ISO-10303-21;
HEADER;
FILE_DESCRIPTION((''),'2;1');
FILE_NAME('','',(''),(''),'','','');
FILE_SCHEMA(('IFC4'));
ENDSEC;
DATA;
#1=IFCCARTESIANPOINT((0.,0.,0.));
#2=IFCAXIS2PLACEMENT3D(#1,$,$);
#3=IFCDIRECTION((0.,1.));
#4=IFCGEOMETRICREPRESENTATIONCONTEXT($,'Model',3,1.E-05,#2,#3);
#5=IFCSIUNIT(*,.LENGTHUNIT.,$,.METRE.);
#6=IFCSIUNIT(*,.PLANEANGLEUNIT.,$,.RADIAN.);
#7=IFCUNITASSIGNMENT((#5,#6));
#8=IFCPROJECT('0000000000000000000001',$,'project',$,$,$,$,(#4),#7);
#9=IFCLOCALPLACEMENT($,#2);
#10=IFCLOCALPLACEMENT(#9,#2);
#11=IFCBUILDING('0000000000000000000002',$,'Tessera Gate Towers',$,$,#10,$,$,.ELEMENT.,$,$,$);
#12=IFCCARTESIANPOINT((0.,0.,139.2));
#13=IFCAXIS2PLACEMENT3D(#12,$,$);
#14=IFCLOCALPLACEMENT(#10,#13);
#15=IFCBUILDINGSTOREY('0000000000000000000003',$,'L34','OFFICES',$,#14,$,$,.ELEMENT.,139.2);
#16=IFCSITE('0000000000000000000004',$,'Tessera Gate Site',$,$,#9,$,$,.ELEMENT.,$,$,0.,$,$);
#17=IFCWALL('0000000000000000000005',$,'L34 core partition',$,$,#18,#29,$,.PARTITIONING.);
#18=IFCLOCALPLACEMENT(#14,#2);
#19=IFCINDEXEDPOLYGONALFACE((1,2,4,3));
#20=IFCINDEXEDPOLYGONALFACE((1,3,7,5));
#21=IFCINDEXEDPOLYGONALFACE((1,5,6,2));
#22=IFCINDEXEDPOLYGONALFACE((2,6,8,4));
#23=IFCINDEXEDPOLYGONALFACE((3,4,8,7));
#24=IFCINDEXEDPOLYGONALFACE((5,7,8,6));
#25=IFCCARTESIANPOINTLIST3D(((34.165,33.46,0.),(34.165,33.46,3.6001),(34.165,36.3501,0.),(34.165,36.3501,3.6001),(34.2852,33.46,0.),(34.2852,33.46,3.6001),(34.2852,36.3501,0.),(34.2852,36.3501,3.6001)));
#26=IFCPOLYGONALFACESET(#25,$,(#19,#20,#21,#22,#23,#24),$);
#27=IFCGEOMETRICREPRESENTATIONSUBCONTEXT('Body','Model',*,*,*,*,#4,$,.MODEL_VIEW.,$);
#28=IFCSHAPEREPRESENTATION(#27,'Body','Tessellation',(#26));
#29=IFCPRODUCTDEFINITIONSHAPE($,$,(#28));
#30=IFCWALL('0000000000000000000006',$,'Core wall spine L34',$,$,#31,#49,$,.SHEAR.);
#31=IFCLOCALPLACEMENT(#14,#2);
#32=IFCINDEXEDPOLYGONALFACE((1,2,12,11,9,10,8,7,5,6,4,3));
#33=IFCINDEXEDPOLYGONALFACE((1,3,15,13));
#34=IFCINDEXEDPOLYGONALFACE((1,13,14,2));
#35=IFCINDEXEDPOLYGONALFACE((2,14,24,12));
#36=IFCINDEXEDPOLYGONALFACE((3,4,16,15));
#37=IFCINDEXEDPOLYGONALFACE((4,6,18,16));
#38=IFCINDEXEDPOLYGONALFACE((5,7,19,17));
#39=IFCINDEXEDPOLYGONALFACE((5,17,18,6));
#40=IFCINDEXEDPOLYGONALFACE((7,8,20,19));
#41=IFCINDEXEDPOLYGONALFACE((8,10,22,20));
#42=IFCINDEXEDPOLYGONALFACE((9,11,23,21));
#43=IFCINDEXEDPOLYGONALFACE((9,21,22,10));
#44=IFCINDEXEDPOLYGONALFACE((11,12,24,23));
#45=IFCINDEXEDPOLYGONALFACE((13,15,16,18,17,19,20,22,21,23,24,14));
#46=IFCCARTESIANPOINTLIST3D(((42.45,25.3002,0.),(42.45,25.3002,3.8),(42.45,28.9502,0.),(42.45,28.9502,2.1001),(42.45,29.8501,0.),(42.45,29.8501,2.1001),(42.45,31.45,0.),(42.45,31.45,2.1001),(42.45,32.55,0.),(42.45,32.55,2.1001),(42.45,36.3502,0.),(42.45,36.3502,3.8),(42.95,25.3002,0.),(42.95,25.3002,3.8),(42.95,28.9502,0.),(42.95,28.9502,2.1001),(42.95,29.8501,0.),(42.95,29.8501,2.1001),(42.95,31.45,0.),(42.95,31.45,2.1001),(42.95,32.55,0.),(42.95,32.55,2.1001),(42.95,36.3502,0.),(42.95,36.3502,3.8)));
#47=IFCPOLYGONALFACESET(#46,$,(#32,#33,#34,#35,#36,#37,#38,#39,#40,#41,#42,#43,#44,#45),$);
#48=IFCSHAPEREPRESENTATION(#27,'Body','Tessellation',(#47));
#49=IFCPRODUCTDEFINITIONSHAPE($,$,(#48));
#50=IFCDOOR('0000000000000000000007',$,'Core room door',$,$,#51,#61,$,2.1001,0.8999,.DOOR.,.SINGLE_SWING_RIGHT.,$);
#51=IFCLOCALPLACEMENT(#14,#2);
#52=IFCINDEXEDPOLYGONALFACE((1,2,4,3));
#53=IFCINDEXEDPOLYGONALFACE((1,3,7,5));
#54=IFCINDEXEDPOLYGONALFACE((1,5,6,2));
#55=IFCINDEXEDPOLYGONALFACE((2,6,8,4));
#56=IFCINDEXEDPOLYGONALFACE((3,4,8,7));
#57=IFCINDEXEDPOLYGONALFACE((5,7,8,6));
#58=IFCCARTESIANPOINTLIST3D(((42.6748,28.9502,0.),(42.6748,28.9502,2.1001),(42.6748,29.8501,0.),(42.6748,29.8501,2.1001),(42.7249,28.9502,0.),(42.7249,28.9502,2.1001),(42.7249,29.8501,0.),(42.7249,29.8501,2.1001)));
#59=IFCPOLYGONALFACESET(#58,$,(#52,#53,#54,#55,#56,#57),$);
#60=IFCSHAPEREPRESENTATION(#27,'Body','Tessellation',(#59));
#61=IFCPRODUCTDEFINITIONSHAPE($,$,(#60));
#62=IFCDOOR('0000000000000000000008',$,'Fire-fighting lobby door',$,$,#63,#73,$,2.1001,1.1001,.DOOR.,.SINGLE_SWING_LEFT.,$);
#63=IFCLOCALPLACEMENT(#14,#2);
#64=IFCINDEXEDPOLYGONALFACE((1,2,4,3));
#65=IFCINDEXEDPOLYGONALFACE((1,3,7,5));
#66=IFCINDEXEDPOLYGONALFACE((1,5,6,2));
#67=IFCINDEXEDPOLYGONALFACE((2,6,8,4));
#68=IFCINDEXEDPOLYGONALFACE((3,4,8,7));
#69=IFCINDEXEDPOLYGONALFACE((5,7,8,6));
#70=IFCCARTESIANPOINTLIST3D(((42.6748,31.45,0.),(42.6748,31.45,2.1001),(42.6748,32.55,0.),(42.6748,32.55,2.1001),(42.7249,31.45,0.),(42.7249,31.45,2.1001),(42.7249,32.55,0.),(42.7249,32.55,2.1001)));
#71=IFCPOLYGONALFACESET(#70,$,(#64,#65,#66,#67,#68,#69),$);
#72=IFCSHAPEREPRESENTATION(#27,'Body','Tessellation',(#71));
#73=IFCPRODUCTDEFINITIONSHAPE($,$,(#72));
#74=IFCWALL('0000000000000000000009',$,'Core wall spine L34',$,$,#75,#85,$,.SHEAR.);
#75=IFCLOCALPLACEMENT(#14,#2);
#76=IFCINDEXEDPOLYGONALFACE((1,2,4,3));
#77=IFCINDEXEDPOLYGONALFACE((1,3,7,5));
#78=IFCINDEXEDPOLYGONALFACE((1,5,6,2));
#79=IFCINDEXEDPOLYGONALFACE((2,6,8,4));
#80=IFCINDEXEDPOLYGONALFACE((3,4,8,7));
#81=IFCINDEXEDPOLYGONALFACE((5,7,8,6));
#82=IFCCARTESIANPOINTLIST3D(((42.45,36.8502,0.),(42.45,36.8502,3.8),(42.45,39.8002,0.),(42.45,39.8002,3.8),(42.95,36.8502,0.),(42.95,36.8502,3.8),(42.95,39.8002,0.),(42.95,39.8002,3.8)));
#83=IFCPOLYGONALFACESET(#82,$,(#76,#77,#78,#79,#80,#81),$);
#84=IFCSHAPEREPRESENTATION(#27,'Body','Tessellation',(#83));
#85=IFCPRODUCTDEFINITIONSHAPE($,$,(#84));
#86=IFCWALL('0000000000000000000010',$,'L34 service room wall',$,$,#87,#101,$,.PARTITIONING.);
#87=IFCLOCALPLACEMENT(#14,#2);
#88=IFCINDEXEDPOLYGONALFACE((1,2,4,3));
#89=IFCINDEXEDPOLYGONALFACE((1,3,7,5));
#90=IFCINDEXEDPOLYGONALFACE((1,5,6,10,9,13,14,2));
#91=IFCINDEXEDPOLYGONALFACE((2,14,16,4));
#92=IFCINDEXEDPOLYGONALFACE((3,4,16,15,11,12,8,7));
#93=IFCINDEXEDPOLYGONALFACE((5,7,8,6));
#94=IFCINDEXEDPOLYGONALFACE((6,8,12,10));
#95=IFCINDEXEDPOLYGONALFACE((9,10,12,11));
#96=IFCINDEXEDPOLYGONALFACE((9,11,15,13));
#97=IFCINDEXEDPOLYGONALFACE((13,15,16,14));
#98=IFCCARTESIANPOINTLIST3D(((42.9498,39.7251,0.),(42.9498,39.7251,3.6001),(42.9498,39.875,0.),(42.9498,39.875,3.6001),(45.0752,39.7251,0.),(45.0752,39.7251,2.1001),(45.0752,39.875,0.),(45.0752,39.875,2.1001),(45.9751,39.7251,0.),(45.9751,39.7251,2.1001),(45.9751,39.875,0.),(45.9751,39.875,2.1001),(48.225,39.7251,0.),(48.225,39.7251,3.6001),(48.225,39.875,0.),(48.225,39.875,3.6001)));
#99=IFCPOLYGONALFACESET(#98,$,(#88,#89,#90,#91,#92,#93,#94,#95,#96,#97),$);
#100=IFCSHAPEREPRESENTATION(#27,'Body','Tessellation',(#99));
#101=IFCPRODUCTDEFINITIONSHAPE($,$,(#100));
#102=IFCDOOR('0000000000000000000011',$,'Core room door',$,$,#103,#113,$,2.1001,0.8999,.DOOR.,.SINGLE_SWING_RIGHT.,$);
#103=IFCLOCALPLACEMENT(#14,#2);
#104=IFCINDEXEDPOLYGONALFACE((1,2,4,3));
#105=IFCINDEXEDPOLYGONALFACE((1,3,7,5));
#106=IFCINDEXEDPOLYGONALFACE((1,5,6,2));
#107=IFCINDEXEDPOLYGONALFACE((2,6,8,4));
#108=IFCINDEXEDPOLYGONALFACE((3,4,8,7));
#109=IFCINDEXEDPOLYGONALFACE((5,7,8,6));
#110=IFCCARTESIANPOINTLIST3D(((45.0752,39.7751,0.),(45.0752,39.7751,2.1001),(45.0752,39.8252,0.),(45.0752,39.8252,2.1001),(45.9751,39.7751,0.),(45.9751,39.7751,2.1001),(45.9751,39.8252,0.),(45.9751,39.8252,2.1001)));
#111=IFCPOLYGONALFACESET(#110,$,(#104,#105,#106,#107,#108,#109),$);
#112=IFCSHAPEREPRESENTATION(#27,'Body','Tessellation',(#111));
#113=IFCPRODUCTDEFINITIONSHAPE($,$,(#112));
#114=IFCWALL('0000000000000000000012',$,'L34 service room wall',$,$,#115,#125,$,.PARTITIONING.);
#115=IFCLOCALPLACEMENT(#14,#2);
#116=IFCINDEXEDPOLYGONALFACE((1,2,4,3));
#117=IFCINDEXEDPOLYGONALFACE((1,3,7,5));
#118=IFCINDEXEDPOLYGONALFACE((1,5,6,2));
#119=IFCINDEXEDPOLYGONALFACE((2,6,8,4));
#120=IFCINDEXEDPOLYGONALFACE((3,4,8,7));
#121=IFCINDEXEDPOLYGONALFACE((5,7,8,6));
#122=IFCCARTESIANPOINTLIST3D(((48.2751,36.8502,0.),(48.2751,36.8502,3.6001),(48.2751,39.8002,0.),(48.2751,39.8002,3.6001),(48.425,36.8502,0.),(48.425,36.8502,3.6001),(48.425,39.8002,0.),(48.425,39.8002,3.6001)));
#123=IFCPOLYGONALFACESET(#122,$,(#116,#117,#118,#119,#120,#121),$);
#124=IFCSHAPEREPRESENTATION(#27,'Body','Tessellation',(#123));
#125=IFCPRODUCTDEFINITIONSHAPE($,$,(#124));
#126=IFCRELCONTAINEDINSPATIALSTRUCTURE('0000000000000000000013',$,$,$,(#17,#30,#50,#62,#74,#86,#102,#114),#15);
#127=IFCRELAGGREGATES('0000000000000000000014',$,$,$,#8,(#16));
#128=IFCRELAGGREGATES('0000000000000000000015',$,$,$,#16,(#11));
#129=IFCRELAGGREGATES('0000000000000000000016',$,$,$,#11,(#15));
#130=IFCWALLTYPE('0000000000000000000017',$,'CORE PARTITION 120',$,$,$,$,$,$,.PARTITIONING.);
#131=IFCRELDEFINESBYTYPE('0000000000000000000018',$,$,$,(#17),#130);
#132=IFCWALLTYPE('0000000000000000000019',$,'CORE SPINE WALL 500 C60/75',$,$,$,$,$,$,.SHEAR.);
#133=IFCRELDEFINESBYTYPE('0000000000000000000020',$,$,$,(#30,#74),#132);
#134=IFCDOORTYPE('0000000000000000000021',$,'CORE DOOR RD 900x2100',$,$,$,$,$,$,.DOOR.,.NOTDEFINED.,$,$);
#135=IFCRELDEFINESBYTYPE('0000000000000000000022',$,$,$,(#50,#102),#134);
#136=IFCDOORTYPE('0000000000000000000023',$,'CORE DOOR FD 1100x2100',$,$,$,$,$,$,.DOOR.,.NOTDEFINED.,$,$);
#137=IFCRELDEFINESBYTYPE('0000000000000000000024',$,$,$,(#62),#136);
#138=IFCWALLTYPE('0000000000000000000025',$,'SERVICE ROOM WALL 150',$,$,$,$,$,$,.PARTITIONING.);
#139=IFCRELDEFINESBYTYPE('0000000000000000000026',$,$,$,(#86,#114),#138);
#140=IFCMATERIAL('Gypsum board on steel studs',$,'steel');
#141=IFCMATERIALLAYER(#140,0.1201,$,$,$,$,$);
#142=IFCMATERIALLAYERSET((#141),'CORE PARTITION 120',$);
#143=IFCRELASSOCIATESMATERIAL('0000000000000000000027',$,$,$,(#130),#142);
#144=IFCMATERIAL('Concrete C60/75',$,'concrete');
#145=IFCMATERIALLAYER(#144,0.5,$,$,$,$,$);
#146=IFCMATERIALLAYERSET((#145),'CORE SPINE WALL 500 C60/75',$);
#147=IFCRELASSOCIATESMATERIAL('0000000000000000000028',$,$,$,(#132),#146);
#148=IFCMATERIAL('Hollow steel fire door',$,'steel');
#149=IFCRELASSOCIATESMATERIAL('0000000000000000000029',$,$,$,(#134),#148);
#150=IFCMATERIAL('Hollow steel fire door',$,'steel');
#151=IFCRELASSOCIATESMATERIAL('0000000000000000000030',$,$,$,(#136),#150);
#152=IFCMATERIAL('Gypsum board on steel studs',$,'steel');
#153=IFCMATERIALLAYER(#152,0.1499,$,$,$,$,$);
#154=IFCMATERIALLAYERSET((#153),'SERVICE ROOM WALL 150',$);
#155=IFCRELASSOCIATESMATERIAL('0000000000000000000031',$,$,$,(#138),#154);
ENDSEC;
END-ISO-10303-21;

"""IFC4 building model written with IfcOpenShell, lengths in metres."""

from ifc_helpers import new_model, si_unit, direction, frame, frame_2d, origin, place, context, subcontext, project, spatial, rectangle, extrude, source, transform, mapped, material, layer, layer_set, type_object, element, fill, save


model = new_model("IFC4")

# Units and contexts
model_context = context("Model", 3, precision=1e-05, world=origin(), true_north=direction((0.0, 1.0)))
body_context = subcontext(model_context, "Body", "Model", "MODEL_VIEW")
ifc_project = project(units=[si_unit("LENGTHUNIT", "METRE"), si_unit("PLANEANGLEUNIT", "RADIAN")], contexts=[model_context])

# Site, building, storey
site_placement = place(None, origin())
site = spatial("IfcSite", under=ifc_project, at=site_placement, Name="Tessera Gate Site", CompositionType="ELEMENT", RefElevation=0.0)
building_placement = place(site_placement, origin())
building = spatial("IfcBuilding", under=site, at=building_placement, Name="Tessera Gate Towers", CompositionType="ELEMENT")
storey_placement = place(building_placement, frame((0.0, 0.0, 139.2)))
storey = spatial("IfcBuildingStorey", under=building, at=storey_placement, Name="L34", Description="OFFICES", CompositionType="ELEMENT", Elevation=139.2)

# Wall
ifc_material_1 = material(Name="Gypsum board on steel studs", Category="steel")
ifc_layer_1 = layer(ifc_material_1, 0.1201)
ifc_layer_set_1 = layer_set([ifc_layer_1], Name="CORE PARTITION 120")
wall_type_1 = type_object("IfcWallType", Name="CORE PARTITION 120", PredefinedType="PARTITIONING", material=ifc_layer_set_1)
wall_1_placement = place(storey_placement, frame((34.2251, 33.46, 0.0), z_axis=(0.0, 0.0, 1.0), x_axis=(0.0, 1.0, 0.0)))
element("IfcWall", 1, at=wall_1_placement, inside=storey, type_object=wall_type_1, Name="L34 core partition", PredefinedType="PARTITIONING", context=body_context, shape_type="SweptSolid", body=[
    extrude(rectangle(XDim=2.8901, YDim=0.1201, at=frame_2d((1.4451, 0.0))), origin(), (0.0, 0.0, 1.0), 3.6001),
])

# Wall, openings, doors
ifc_material_2 = material(Name="Concrete C60/75", Category="concrete")
ifc_layer_2 = layer(ifc_material_2, 0.5)
ifc_layer_set_2 = layer_set([ifc_layer_2], Name="CORE SPINE WALL 500 C60/75")
wall_type_2 = type_object("IfcWallType", Name="CORE SPINE WALL 500 C60/75", PredefinedType="SHEAR", material=ifc_layer_set_2)
wall_2_placement = place(storey_placement, frame((42.7, 36.3501, 0.0), z_axis=(0.0, 0.0, 1.0), x_axis=(0.0, -1.0, 0.0)))
wall_2 = element("IfcWall", 2, at=wall_2_placement, inside=storey, type_object=wall_type_2, Name="Core wall spine L34", PredefinedType="SHEAR", context=body_context, shape_type="SweptSolid", body=[
    extrude(rectangle(XDim=11.05, YDim=0.5, at=frame_2d((5.5249, 0.0))), origin(), (0.0, 0.0, 1.0), 3.8),
])
shared_shape_1 = source(origin(), body_context, "Body", "SweptSolid", [
    extrude(rectangle(XDim=0.8999, YDim=2.1001, at=frame_2d((0.45, 1.05))), frame((0.0, 0.26, 0.0), z_axis=(0.0, -1.0, 0.0), x_axis=(1.0, 0.0, 0.0)), (0.0, 0.0, 1.0), 0.52),
])
opening_1_placement = place(wall_2_placement, frame((6.5, 0.0, 0.0)))
opening_1 = element("IfcOpeningElement", 3, at=opening_1_placement, cuts=wall_2, PredefinedType="OPENING", context=body_context, shape_type="MappedRepresentation", body=[
    mapped(shared_shape_1, transform((0.0, 0.0, 0.0), scale=1.0)),
])
shared_shape_2 = source(origin(), body_context, "Body", "SweptSolid", [
    extrude(rectangle(XDim=1.1001, YDim=2.1001, at=frame_2d((0.55, 1.05))), frame((0.0, 0.26, 0.0), z_axis=(0.0, -1.0, 0.0), x_axis=(1.0, 0.0, 0.0)), (0.0, 0.0, 1.0), 0.52),
])
opening_2_placement = place(wall_2_placement, frame((3.8, 0.0, 0.0)))
opening_2 = element("IfcOpeningElement", 4, at=opening_2_placement, cuts=wall_2, PredefinedType="OPENING", context=body_context, shape_type="MappedRepresentation", body=[
    mapped(shared_shape_2, transform((0.0, 0.0, 0.0), scale=1.0)),
])
ifc_material_3 = material(Name="Hollow steel fire door", Category="steel")
door_type_1 = type_object("IfcDoorType", Name="CORE DOOR RD 900x2100", OperationType="NOTDEFINED", PredefinedType="DOOR", material=ifc_material_3)
shared_shape_3 = source(origin(), body_context, "Body", "SweptSolid", [
    extrude(rectangle(XDim=0.8999, YDim=2.1001, at=frame_2d((0.45, 1.05))), frame((0.0, 0.0249, 0.0), z_axis=(0.0, -1.0, 0.0), x_axis=(1.0, 0.0, 0.0)), (0.0, 0.0, 1.0), 0.05),
])
door_1_placement = place(opening_1_placement, origin())
door_1 = element("IfcDoor", 5, at=door_1_placement, inside=storey, type_object=door_type_1, Name="Core room door", OperationType="SINGLE_SWING_RIGHT", OverallHeight=2.1001, OverallWidth=0.8999, PredefinedType="DOOR", context=body_context, shape_type="MappedRepresentation", body=[
    mapped(shared_shape_3, transform((0.0, 0.0, 0.0), scale=1.0)),
])
fill(opening_1, door_1)
ifc_material_4 = material(Name="Hollow steel fire door", Category="steel")
door_type_2 = type_object("IfcDoorType", Name="CORE DOOR FD 1100x2100", OperationType="NOTDEFINED", PredefinedType="DOOR", material=ifc_material_4)
shared_shape_4 = source(origin(), body_context, "Body", "SweptSolid", [
    extrude(rectangle(XDim=1.1001, YDim=2.1001, at=frame_2d((0.55, 1.05))), frame((0.0, 0.0249, 0.0), z_axis=(0.0, -1.0, 0.0), x_axis=(1.0, 0.0, 0.0)), (0.0, 0.0, 1.0), 0.05),
])
door_2_placement = place(opening_2_placement, origin())
door_2 = element("IfcDoor", 6, at=door_2_placement, inside=storey, type_object=door_type_2, Name="Fire-fighting lobby door", OperationType="SINGLE_SWING_LEFT", OverallHeight=2.1001, OverallWidth=1.1001, PredefinedType="DOOR", context=body_context, shape_type="MappedRepresentation", body=[
    mapped(shared_shape_4, transform((0.0, 0.0, 0.0), scale=1.0)),
])
fill(opening_2, door_2)

# Wall
wall_3_placement = place(storey_placement, frame((42.7, 36.8501, 0.0), z_axis=(0.0, 0.0, 1.0), x_axis=(0.0, 1.0, 0.0)))
element("IfcWall", 7, at=wall_3_placement, inside=storey, type_object=wall_type_2, Name="Core wall spine L34", PredefinedType="SHEAR", context=body_context, shape_type="SweptSolid", body=[
    extrude(rectangle(XDim=2.95, YDim=0.5, at=frame_2d((1.4751, 0.0))), origin(), (0.0, 0.0, 1.0), 3.8),
])

# Wall, opening, door
ifc_material_5 = material(Name="Gypsum board on steel studs", Category="steel")
ifc_layer_3 = layer(ifc_material_5, 0.1499)
ifc_layer_set_3 = layer_set([ifc_layer_3], Name="SERVICE ROOM WALL 150")
wall_type_3 = type_object("IfcWallType", Name="SERVICE ROOM WALL 150", PredefinedType="PARTITIONING", material=ifc_layer_set_3)
wall_4_placement = place(storey_placement, frame((48.2251, 39.8, 0.0), z_axis=(0.0, 0.0, 1.0), x_axis=(-1.0, 0.0, 0.0)))
wall_4 = element("IfcWall", 8, at=wall_4_placement, inside=storey, type_object=wall_type_3, Name="L34 service room wall", PredefinedType="PARTITIONING", context=body_context, shape_type="SweptSolid", body=[
    extrude(rectangle(XDim=5.2751, YDim=0.1499, at=frame_2d((2.6377, 0.0))), origin(), (0.0, 0.0, 1.0), 3.6001),
])
shared_shape_5 = source(origin(), body_context, "Body", "SweptSolid", [
    extrude(rectangle(XDim=0.8999, YDim=2.1001, at=frame_2d((0.45, 1.05))), frame((0.0, 0.085, 0.0), z_axis=(0.0, -1.0, 0.0), x_axis=(1.0, 0.0, 0.0)), (0.0, 0.0, 1.0), 0.1699),
])
opening_3_placement = place(wall_4_placement, frame((2.25, 0.0, 0.0)))
opening_3 = element("IfcOpeningElement", 9, at=opening_3_placement, cuts=wall_4, PredefinedType="OPENING", context=body_context, shape_type="MappedRepresentation", body=[
    mapped(shared_shape_5, transform((0.0, 0.0, 0.0), scale=1.0)),
])
door_3_placement = place(opening_3_placement, origin())
door_3 = element("IfcDoor", 10, at=door_3_placement, inside=storey, type_object=door_type_1, Name="Core room door", OperationType="SINGLE_SWING_RIGHT", OverallHeight=2.1001, OverallWidth=0.8999, PredefinedType="DOOR", context=body_context, shape_type="MappedRepresentation", body=[
    mapped(shared_shape_3, transform((0.0, 0.0, 0.0), scale=1.0)),
])
fill(opening_3, door_3)

# Wall
wall_5_placement = place(storey_placement, frame((48.3501, 36.8501, 0.0), z_axis=(0.0, 0.0, 1.0), x_axis=(0.0, 1.0, 0.0)))
element("IfcWall", 11, at=wall_5_placement, inside=storey, type_object=wall_type_3, Name="L34 service room wall", PredefinedType="PARTITIONING", context=body_context, shape_type="SweptSolid", body=[
    extrude(rectangle(XDim=2.95, YDim=0.1499, at=frame_2d((1.4751, 0.0))), origin(), (0.0, 0.0, 1.0), 3.6001),
])

save(model, "model.ifc")
